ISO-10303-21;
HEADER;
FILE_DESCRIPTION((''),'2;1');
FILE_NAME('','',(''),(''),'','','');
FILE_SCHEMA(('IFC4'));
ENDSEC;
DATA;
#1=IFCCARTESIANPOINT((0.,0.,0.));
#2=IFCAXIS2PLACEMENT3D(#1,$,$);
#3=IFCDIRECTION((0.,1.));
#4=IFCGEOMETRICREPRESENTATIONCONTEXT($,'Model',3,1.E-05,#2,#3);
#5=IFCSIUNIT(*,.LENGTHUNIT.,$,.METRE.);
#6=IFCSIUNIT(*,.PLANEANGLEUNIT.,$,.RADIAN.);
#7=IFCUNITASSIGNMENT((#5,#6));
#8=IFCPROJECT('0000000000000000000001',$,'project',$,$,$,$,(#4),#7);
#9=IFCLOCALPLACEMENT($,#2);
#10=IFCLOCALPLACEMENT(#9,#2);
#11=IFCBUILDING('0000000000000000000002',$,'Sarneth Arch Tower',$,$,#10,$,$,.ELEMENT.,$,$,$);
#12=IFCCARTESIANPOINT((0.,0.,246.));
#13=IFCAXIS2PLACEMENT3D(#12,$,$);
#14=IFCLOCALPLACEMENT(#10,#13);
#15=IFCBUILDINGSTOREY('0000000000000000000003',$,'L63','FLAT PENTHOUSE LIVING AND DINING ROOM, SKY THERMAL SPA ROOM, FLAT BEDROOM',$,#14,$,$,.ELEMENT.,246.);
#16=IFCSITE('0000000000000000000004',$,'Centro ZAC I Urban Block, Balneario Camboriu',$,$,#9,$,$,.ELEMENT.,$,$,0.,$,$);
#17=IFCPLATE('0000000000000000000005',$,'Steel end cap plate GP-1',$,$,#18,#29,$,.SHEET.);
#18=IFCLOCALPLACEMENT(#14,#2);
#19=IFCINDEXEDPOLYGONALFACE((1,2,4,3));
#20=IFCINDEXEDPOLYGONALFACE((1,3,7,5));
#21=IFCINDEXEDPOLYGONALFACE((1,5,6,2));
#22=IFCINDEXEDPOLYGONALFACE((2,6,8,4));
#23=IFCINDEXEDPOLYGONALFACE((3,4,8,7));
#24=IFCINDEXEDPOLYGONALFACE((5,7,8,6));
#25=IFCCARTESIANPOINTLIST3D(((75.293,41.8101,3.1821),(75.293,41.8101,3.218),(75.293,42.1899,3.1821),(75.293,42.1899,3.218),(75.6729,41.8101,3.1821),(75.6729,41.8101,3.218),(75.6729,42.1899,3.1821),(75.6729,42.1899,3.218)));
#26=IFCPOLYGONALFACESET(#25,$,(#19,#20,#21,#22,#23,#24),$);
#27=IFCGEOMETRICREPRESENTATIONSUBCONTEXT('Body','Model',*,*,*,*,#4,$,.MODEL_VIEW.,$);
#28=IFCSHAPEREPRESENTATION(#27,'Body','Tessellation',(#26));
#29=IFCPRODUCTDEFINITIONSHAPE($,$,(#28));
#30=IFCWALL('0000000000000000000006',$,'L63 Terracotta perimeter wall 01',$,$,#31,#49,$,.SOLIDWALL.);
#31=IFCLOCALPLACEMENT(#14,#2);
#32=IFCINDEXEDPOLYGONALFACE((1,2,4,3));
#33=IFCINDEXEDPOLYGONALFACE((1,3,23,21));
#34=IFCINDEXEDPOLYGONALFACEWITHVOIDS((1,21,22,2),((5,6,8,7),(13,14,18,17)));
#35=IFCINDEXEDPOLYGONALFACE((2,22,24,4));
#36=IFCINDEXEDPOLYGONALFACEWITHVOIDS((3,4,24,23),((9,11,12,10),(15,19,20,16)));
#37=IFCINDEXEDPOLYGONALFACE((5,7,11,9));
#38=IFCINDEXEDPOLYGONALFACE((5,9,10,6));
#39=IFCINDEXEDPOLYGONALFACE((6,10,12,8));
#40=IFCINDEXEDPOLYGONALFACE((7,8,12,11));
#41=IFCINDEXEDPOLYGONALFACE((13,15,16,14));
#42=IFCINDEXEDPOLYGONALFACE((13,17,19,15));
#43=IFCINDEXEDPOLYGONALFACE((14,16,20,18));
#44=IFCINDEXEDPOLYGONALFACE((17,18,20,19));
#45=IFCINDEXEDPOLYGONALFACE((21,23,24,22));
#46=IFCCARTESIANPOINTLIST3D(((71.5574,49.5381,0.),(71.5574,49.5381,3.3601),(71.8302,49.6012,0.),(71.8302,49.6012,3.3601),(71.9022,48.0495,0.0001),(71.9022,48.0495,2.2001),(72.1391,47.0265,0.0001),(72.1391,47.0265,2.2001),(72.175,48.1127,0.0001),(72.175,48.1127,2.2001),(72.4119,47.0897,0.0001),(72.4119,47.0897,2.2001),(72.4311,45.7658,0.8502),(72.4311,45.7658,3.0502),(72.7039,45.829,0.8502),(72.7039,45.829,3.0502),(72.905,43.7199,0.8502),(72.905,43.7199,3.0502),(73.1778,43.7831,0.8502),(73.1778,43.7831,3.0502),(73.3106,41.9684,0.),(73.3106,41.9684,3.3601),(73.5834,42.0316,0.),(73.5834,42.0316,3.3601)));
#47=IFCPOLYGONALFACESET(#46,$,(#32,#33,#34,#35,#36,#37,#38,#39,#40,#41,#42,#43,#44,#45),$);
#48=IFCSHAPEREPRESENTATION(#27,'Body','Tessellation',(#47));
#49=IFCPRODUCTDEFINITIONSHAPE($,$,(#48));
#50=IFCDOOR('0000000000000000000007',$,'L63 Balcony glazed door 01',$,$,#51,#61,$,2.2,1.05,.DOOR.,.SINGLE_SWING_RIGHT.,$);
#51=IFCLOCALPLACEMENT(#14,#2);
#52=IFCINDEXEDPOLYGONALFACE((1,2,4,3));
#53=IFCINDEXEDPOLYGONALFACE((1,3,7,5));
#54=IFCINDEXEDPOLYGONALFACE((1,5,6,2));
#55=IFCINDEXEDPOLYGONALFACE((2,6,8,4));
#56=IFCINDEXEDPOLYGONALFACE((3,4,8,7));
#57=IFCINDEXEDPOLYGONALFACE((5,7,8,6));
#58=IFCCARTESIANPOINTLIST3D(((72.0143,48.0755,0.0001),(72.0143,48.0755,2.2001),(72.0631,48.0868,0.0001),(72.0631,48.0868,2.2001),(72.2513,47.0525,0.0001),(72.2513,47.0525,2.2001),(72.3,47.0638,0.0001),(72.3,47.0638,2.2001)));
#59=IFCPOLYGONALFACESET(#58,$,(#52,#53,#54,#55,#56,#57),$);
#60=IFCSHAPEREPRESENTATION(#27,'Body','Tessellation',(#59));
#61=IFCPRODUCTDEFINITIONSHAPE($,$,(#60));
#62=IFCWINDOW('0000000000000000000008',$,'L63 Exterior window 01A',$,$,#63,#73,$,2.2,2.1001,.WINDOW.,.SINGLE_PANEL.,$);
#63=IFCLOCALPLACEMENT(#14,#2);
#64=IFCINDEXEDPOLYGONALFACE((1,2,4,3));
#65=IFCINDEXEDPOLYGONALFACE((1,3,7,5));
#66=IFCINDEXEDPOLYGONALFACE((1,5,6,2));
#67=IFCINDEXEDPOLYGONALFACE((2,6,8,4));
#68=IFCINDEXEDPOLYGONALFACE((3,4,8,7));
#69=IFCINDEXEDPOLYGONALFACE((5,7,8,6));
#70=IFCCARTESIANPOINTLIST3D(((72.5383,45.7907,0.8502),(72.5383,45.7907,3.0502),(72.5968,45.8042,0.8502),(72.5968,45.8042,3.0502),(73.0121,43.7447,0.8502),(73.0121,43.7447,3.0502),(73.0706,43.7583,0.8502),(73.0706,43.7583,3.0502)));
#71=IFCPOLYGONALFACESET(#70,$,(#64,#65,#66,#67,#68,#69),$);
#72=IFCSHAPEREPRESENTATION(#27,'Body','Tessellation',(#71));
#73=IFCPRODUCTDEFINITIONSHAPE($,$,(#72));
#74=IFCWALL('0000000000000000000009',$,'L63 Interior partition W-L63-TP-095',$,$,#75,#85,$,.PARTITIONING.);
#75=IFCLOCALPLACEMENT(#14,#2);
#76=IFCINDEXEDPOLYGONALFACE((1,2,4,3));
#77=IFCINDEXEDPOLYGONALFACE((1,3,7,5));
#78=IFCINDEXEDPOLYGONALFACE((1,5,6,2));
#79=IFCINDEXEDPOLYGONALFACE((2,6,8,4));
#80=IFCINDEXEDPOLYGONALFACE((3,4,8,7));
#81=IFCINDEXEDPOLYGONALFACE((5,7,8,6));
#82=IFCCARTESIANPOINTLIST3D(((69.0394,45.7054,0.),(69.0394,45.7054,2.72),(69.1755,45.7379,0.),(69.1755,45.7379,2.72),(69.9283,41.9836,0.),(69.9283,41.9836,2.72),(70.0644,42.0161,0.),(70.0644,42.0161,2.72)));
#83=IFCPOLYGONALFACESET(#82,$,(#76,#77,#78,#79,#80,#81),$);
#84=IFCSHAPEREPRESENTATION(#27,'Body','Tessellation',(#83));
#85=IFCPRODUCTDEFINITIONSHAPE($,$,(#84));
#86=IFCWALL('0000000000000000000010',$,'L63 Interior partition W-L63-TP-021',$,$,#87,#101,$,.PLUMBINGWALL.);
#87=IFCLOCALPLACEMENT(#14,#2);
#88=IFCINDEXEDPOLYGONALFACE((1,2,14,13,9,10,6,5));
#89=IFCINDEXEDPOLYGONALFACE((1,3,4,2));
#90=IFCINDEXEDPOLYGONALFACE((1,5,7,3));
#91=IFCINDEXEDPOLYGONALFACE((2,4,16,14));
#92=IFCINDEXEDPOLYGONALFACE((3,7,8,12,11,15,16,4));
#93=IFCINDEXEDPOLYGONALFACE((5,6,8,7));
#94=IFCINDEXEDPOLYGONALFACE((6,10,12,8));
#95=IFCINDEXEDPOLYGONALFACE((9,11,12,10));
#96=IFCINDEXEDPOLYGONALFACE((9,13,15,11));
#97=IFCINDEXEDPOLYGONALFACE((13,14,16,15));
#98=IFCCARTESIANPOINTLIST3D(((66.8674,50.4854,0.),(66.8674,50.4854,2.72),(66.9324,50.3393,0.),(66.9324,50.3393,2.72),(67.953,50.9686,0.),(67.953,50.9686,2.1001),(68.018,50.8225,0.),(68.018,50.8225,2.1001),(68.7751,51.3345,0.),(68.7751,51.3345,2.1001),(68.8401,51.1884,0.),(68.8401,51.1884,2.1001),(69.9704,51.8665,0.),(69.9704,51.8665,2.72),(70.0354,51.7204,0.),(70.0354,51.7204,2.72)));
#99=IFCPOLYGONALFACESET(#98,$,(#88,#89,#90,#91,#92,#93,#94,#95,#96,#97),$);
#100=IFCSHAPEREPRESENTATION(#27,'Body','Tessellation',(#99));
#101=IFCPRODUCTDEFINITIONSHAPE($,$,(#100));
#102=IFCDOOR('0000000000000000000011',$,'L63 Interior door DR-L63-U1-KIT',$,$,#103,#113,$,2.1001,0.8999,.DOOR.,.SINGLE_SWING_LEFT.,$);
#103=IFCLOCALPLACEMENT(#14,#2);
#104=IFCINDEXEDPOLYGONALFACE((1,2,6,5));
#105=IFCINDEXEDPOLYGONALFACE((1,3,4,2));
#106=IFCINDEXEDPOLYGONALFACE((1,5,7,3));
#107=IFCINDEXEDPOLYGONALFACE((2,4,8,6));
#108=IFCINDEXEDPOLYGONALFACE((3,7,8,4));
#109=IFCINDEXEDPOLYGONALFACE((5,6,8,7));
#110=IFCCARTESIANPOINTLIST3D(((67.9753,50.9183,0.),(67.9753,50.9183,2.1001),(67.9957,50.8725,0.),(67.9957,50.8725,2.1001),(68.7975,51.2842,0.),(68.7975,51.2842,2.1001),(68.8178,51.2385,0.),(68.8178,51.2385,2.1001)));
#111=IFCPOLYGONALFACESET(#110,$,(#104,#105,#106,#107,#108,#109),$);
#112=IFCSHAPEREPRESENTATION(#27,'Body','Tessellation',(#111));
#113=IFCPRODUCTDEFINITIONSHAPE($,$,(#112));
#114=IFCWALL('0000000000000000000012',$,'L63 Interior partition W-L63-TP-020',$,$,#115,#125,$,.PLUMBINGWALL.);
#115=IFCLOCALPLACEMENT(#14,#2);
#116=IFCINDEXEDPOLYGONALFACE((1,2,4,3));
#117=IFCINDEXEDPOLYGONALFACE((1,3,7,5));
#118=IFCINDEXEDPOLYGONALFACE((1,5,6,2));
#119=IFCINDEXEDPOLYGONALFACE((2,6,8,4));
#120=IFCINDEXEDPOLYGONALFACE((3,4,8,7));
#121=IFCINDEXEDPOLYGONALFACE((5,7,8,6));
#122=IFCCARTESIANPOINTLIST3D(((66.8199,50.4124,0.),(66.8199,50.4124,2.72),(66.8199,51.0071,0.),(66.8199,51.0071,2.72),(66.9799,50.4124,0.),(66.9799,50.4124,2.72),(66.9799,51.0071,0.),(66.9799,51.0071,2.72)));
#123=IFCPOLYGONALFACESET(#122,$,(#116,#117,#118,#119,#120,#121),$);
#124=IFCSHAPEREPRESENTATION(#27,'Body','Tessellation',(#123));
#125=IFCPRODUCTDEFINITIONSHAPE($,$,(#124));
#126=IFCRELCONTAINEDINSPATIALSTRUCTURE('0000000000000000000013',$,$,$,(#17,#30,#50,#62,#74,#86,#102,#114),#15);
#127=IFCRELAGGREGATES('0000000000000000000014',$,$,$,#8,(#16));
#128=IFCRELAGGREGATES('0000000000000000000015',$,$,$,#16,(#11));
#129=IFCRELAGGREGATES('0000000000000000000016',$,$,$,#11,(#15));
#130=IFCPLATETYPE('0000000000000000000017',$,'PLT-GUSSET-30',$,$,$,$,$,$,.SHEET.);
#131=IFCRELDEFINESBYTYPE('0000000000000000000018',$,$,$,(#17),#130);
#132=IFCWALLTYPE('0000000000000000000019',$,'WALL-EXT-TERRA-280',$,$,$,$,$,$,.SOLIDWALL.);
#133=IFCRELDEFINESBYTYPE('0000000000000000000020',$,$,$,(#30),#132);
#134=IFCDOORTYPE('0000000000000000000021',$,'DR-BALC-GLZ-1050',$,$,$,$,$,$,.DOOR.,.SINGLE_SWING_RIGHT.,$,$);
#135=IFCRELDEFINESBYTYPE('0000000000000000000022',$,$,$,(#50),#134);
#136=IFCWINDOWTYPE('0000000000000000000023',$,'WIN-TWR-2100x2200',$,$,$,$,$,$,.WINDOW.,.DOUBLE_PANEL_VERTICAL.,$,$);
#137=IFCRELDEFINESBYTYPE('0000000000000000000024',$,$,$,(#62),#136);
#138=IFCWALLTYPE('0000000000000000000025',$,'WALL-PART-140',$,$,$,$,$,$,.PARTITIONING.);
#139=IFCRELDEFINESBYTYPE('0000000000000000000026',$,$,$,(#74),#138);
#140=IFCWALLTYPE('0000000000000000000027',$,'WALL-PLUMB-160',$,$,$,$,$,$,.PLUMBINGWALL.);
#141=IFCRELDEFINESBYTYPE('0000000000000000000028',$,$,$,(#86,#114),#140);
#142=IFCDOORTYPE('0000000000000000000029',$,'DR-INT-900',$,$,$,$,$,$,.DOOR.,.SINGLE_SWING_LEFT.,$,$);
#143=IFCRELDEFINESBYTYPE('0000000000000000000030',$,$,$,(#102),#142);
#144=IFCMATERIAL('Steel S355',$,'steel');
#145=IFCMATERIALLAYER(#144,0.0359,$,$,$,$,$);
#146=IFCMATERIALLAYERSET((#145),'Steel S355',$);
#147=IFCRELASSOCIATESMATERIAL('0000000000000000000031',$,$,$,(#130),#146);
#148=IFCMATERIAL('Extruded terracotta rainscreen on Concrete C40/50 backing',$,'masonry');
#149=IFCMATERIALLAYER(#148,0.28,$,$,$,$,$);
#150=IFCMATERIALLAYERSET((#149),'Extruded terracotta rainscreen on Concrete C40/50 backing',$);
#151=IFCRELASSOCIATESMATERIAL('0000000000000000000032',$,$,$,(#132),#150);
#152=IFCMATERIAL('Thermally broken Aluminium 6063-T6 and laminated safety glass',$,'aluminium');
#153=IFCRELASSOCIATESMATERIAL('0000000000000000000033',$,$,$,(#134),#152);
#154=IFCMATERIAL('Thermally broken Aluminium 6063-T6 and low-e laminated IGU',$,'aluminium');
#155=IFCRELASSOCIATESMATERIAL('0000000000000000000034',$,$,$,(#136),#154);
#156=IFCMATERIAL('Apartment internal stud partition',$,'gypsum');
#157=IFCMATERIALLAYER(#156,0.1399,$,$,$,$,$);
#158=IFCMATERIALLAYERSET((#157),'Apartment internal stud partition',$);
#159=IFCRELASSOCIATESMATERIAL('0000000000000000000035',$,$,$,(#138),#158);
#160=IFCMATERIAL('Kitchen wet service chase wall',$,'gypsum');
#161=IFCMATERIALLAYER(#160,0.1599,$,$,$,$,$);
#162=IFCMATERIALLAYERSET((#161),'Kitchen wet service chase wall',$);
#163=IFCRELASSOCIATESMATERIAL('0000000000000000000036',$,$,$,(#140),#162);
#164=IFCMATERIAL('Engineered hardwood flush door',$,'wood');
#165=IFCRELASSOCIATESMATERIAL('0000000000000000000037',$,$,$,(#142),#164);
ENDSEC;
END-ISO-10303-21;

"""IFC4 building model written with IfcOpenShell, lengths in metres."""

from ifc_helpers import new_model, si_unit, direction, frame, frame_2d, origin, origin_2d, place, context, subcontext, project, spatial, rectangle, extrude, material, layer, layer_set, type_object, element, fill, save


model = new_model("IFC4")

# Units and contexts
model_context = context("Model", 3, precision=1e-05, world=origin(), true_north=direction((0.0, 1.0)))
body_context = subcontext(model_context, "Body", "Model", "MODEL_VIEW")
ifc_project = project(units=[si_unit("LENGTHUNIT", "METRE"), si_unit("PLANEANGLEUNIT", "RADIAN")], contexts=[model_context])

# Site, building, storey
site_placement = place(None, origin())
site = spatial("IfcSite", under=ifc_project, at=site_placement, Name="Centro ZAC I Urban Block, Balneario Camboriu", CompositionType="ELEMENT", RefElevation=0.0)
building_placement = place(site_placement, origin())
building = spatial("IfcBuilding", under=site, at=building_placement, Name="Sarneth Arch Tower", CompositionType="ELEMENT")
storey_placement = place(building_placement, frame((0.0, 0.0, 246.0)))
storey = spatial("IfcBuildingStorey", under=building, at=storey_placement, Name="L63", Description="FLAT PENTHOUSE LIVING AND DINING ROOM, SKY THERMAL SPA ROOM, FLAT BEDROOM", CompositionType="ELEMENT", Elevation=246.0)

# Plate
ifc_material_1 = material(Name="Steel S355", Category="steel")
ifc_layer_1 = layer(ifc_material_1, 0.0359)
ifc_layer_set_1 = layer_set([ifc_layer_1], Name="Steel S355")
plate_type_1 = type_object("IfcPlateType", Name="PLT-GUSSET-30", PredefinedType="SHEET", material=ifc_layer_set_1)
plate_1_placement = place(storey_placement, frame((75.4829, 42.0, 3.1821), z_axis=(0.0, 0.0, 1.0), x_axis=(1.0, 0.0, 0.0)))
element("IfcPlate", 1, at=plate_1_placement, inside=storey, type_object=plate_type_1, Name="Steel end cap plate GP-1", PredefinedType="SHEET", context=body_context, shape_type="SweptSolid", body=[
    extrude(rectangle(XDim=0.3799, YDim=0.3799, at=origin_2d()), origin(), (0.0, 0.0, 1.0), 0.0359),
])

# Wall, openings, door, window
ifc_material_2 = material(Name="Extruded terracotta rainscreen on Concrete C40/50 backing", Category="masonry")
ifc_layer_2 = layer(ifc_material_2, 0.28)
ifc_layer_set_2 = layer_set([ifc_layer_2], Name="Extruded terracotta rainscreen on Concrete C40/50 backing")
wall_type_1 = type_object("IfcWallType", Name="WALL-EXT-TERRA-280", PredefinedType="SOLIDWALL", material=ifc_layer_set_2)
wall_1_placement = place(storey_placement, frame((73.447, 42.0, 0.0), z_axis=(0.0, 0.0, 1.0), x_axis=(-0.225635, 0.974212, 0.0)))
wall_1 = element("IfcWall", 2, at=wall_1_placement, inside=storey, type_object=wall_type_1, Name="L63 Terracotta perimeter wall 01", PredefinedType="SOLIDWALL", context=body_context, shape_type="SweptSolid", body=[
    extrude(rectangle(XDim=7.77, YDim=0.28, at=frame_2d((3.885, 0.0))), origin(), (0.0, 0.0, 1.0), 3.3601),
])
opening_1_placement = place(wall_1_placement, frame((1.7979, 0.0, 0.8501)))
opening_1 = element("IfcOpeningElement", 3, at=opening_1_placement, cuts=wall_1, PredefinedType="OPENING", context=body_context, shape_type="SweptSolid", body=[
    extrude(rectangle(XDim=2.1001, YDim=2.2, at=frame_2d((1.05, 1.1001))), frame((0.0, 0.1499, 0.0), z_axis=(0.0, -1.0, 0.0), x_axis=(1.0, 0.0, 0.0)), (0.0, 0.0, 1.0), 0.3),
])
opening_2_placement = place(wall_1_placement, frame((5.1921, 0.0, 0.0)))
opening_2 = element("IfcOpeningElement", 4, at=opening_2_placement, cuts=wall_1, PredefinedType="OPENING", context=body_context, shape_type="SweptSolid", body=[
    extrude(rectangle(XDim=1.05, YDim=2.2, at=frame_2d((0.5249, 1.1001))), frame((0.0, 0.1499, 0.0), z_axis=(0.0, -1.0, 0.0), x_axis=(1.0, 0.0, 0.0)), (0.0, 0.0, 1.0), 0.3),
])
ifc_material_3 = material(Name="Thermally broken Aluminium 6063-T6 and laminated safety glass", Category="aluminium")
door_type_1 = type_object("IfcDoorType", Name="DR-BALC-GLZ-1050", OperationType="SINGLE_SWING_RIGHT", PredefinedType="DOOR", material=ifc_material_3)
door_1_placement = place(opening_2_placement, origin())
door_1 = element("IfcDoor", 5, at=door_1_placement, inside=storey, type_object=door_type_1, Name="L63 Balcony glazed door 01", OperationType="SINGLE_SWING_RIGHT", OverallHeight=2.2, OverallWidth=1.05, PredefinedType="DOOR", context=body_context, shape_type="SweptSolid", body=[
    extrude(rectangle(XDim=1.05, YDim=2.2, at=frame_2d((0.5249, 1.1001))), frame((0.0, 0.0249, 0.0), z_axis=(0.0, -1.0, 0.0), x_axis=(1.0, 0.0, 0.0)), (0.0, 0.0, 1.0), 0.05),
])
fill(opening_2, door_1)
ifc_material_4 = material(Name="Thermally broken Aluminium 6063-T6 and low-e laminated IGU", Category="aluminium")
window_type = type_object("IfcWindowType", Name="WIN-TWR-2100x2200", PartitioningType="DOUBLE_PANEL_VERTICAL", PredefinedType="WINDOW", material=ifc_material_4)
window_placement = place(opening_1_placement, origin())
window = element("IfcWindow", 6, at=window_placement, inside=storey, type_object=window_type, Name="L63 Exterior window 01A", OverallHeight=2.2, OverallWidth=2.1001, PartitioningType="SINGLE_PANEL", PredefinedType="WINDOW", context=body_context, shape_type="SweptSolid", body=[
    extrude(rectangle(XDim=2.1001, YDim=2.2, at=frame_2d((1.05, 1.1001))), frame((0.0, 0.03, 0.0), z_axis=(0.0, -1.0, 0.0), x_axis=(1.0, 0.0, 0.0)), (0.0, 0.0, 1.0), 0.0601),
])
fill(opening_1, window)

# Wall
ifc_material_5 = material(Name="Apartment internal stud partition", Category="gypsum")
ifc_layer_3 = layer(ifc_material_5, 0.1399)
ifc_layer_set_3 = layer_set([ifc_layer_3], Name="Apartment internal stud partition")
wall_type_2 = type_object("IfcWallType", Name="WALL-PART-140", PredefinedType="PARTITIONING", material=ifc_layer_set_3)
wall_2_placement = place(storey_placement, frame((69.9963, 42.0, 0.0), z_axis=(0.0, 0.0, 1.0), x_axis=(-0.232313, 0.972641, 0.0)))
element("IfcWall", 7, at=wall_2_placement, inside=storey, type_object=wall_type_2, Name="L63 Interior partition W-L63-TP-095", PredefinedType="PARTITIONING", context=body_context, shape_type="SweptSolid", body=[
    extrude(rectangle(XDim=3.8264, YDim=0.1399, at=frame_2d((1.9131, 0.0))), origin(), (0.0, 0.0, 1.0), 2.72),
])

# Wall, opening, door
ifc_material_6 = material(Name="Kitchen wet service chase wall", Category="gypsum")
ifc_layer_4 = layer(ifc_material_6, 0.1599)
ifc_layer_set_4 = layer_set([ifc_layer_4], Name="Kitchen wet service chase wall")
wall_type_3 = type_object("IfcWallType", Name="WALL-PLUMB-160", PredefinedType="PLUMBINGWALL", material=ifc_layer_set_4)
wall_3_placement = place(storey_placement, frame((66.8999, 50.4124, 0.0), z_axis=(0.0, 0.0, 1.0), x_axis=(0.913595, 0.406625, 0.0)))
wall_3 = element("IfcWall", 8, at=wall_3_placement, inside=storey, type_object=wall_type_3, Name="L63 Interior partition W-L63-TP-021", PredefinedType="PLUMBINGWALL", context=body_context, shape_type="SweptSolid", body=[
    extrude(rectangle(XDim=3.3965, YDim=0.1599, at=frame_2d((1.6982, 0.0))), origin(), (0.0, 0.0, 1.0), 2.72),
])
opening_3_placement = place(wall_3_placement, frame((1.1882, 0.0, 0.0)))
opening_3 = element("IfcOpeningElement", 9, at=opening_3_placement, cuts=wall_3, PredefinedType="OPENING", context=body_context, shape_type="SweptSolid", body=[
    extrude(rectangle(XDim=0.8999, YDim=2.1001, at=frame_2d((0.45, 1.05))), frame((0.0, 0.0898, 0.0), z_axis=(0.0, -1.0, 0.0), x_axis=(1.0, 0.0, 0.0)), (0.0, 0.0, 1.0), 0.1799),
])
ifc_material_7 = material(Name="Engineered hardwood flush door", Category="wood")
door_type_2 = type_object("IfcDoorType", Name="DR-INT-900", OperationType="SINGLE_SWING_LEFT", PredefinedType="DOOR", material=ifc_material_7)
door_2_placement = place(opening_3_placement, origin())
door_2 = element("IfcDoor", 10, at=door_2_placement, inside=storey, type_object=door_type_2, Name="L63 Interior door DR-L63-U1-KIT", OperationType="SINGLE_SWING_LEFT", OverallHeight=2.1001, OverallWidth=0.8999, PredefinedType="DOOR", context=body_context, shape_type="SweptSolid", body=[
    extrude(rectangle(XDim=0.8999, YDim=2.1001, at=frame_2d((0.45, 1.05))), frame((0.0, 0.0249, 0.0), z_axis=(0.0, -1.0, 0.0), x_axis=(1.0, 0.0, 0.0)), (0.0, 0.0, 1.0), 0.05),
])
fill(opening_3, door_2)

# Wall
wall_4_placement = place(storey_placement, frame((66.8999, 51.0071, 0.0), z_axis=(0.0, 0.0, 1.0), x_axis=(0.0, -1.0, 0.0)))
element("IfcWall", 11, at=wall_4_placement, inside=storey, type_object=wall_type_3, Name="L63 Interior partition W-L63-TP-020", PredefinedType="PLUMBINGWALL", context=body_context, shape_type="SweptSolid", body=[
    extrude(rectangle(XDim=0.5947, YDim=0.1599, at=frame_2d((0.2974, 0.0))), origin(), (0.0, 0.0, 1.0), 2.72),
])

save(model, "model.ifc")
